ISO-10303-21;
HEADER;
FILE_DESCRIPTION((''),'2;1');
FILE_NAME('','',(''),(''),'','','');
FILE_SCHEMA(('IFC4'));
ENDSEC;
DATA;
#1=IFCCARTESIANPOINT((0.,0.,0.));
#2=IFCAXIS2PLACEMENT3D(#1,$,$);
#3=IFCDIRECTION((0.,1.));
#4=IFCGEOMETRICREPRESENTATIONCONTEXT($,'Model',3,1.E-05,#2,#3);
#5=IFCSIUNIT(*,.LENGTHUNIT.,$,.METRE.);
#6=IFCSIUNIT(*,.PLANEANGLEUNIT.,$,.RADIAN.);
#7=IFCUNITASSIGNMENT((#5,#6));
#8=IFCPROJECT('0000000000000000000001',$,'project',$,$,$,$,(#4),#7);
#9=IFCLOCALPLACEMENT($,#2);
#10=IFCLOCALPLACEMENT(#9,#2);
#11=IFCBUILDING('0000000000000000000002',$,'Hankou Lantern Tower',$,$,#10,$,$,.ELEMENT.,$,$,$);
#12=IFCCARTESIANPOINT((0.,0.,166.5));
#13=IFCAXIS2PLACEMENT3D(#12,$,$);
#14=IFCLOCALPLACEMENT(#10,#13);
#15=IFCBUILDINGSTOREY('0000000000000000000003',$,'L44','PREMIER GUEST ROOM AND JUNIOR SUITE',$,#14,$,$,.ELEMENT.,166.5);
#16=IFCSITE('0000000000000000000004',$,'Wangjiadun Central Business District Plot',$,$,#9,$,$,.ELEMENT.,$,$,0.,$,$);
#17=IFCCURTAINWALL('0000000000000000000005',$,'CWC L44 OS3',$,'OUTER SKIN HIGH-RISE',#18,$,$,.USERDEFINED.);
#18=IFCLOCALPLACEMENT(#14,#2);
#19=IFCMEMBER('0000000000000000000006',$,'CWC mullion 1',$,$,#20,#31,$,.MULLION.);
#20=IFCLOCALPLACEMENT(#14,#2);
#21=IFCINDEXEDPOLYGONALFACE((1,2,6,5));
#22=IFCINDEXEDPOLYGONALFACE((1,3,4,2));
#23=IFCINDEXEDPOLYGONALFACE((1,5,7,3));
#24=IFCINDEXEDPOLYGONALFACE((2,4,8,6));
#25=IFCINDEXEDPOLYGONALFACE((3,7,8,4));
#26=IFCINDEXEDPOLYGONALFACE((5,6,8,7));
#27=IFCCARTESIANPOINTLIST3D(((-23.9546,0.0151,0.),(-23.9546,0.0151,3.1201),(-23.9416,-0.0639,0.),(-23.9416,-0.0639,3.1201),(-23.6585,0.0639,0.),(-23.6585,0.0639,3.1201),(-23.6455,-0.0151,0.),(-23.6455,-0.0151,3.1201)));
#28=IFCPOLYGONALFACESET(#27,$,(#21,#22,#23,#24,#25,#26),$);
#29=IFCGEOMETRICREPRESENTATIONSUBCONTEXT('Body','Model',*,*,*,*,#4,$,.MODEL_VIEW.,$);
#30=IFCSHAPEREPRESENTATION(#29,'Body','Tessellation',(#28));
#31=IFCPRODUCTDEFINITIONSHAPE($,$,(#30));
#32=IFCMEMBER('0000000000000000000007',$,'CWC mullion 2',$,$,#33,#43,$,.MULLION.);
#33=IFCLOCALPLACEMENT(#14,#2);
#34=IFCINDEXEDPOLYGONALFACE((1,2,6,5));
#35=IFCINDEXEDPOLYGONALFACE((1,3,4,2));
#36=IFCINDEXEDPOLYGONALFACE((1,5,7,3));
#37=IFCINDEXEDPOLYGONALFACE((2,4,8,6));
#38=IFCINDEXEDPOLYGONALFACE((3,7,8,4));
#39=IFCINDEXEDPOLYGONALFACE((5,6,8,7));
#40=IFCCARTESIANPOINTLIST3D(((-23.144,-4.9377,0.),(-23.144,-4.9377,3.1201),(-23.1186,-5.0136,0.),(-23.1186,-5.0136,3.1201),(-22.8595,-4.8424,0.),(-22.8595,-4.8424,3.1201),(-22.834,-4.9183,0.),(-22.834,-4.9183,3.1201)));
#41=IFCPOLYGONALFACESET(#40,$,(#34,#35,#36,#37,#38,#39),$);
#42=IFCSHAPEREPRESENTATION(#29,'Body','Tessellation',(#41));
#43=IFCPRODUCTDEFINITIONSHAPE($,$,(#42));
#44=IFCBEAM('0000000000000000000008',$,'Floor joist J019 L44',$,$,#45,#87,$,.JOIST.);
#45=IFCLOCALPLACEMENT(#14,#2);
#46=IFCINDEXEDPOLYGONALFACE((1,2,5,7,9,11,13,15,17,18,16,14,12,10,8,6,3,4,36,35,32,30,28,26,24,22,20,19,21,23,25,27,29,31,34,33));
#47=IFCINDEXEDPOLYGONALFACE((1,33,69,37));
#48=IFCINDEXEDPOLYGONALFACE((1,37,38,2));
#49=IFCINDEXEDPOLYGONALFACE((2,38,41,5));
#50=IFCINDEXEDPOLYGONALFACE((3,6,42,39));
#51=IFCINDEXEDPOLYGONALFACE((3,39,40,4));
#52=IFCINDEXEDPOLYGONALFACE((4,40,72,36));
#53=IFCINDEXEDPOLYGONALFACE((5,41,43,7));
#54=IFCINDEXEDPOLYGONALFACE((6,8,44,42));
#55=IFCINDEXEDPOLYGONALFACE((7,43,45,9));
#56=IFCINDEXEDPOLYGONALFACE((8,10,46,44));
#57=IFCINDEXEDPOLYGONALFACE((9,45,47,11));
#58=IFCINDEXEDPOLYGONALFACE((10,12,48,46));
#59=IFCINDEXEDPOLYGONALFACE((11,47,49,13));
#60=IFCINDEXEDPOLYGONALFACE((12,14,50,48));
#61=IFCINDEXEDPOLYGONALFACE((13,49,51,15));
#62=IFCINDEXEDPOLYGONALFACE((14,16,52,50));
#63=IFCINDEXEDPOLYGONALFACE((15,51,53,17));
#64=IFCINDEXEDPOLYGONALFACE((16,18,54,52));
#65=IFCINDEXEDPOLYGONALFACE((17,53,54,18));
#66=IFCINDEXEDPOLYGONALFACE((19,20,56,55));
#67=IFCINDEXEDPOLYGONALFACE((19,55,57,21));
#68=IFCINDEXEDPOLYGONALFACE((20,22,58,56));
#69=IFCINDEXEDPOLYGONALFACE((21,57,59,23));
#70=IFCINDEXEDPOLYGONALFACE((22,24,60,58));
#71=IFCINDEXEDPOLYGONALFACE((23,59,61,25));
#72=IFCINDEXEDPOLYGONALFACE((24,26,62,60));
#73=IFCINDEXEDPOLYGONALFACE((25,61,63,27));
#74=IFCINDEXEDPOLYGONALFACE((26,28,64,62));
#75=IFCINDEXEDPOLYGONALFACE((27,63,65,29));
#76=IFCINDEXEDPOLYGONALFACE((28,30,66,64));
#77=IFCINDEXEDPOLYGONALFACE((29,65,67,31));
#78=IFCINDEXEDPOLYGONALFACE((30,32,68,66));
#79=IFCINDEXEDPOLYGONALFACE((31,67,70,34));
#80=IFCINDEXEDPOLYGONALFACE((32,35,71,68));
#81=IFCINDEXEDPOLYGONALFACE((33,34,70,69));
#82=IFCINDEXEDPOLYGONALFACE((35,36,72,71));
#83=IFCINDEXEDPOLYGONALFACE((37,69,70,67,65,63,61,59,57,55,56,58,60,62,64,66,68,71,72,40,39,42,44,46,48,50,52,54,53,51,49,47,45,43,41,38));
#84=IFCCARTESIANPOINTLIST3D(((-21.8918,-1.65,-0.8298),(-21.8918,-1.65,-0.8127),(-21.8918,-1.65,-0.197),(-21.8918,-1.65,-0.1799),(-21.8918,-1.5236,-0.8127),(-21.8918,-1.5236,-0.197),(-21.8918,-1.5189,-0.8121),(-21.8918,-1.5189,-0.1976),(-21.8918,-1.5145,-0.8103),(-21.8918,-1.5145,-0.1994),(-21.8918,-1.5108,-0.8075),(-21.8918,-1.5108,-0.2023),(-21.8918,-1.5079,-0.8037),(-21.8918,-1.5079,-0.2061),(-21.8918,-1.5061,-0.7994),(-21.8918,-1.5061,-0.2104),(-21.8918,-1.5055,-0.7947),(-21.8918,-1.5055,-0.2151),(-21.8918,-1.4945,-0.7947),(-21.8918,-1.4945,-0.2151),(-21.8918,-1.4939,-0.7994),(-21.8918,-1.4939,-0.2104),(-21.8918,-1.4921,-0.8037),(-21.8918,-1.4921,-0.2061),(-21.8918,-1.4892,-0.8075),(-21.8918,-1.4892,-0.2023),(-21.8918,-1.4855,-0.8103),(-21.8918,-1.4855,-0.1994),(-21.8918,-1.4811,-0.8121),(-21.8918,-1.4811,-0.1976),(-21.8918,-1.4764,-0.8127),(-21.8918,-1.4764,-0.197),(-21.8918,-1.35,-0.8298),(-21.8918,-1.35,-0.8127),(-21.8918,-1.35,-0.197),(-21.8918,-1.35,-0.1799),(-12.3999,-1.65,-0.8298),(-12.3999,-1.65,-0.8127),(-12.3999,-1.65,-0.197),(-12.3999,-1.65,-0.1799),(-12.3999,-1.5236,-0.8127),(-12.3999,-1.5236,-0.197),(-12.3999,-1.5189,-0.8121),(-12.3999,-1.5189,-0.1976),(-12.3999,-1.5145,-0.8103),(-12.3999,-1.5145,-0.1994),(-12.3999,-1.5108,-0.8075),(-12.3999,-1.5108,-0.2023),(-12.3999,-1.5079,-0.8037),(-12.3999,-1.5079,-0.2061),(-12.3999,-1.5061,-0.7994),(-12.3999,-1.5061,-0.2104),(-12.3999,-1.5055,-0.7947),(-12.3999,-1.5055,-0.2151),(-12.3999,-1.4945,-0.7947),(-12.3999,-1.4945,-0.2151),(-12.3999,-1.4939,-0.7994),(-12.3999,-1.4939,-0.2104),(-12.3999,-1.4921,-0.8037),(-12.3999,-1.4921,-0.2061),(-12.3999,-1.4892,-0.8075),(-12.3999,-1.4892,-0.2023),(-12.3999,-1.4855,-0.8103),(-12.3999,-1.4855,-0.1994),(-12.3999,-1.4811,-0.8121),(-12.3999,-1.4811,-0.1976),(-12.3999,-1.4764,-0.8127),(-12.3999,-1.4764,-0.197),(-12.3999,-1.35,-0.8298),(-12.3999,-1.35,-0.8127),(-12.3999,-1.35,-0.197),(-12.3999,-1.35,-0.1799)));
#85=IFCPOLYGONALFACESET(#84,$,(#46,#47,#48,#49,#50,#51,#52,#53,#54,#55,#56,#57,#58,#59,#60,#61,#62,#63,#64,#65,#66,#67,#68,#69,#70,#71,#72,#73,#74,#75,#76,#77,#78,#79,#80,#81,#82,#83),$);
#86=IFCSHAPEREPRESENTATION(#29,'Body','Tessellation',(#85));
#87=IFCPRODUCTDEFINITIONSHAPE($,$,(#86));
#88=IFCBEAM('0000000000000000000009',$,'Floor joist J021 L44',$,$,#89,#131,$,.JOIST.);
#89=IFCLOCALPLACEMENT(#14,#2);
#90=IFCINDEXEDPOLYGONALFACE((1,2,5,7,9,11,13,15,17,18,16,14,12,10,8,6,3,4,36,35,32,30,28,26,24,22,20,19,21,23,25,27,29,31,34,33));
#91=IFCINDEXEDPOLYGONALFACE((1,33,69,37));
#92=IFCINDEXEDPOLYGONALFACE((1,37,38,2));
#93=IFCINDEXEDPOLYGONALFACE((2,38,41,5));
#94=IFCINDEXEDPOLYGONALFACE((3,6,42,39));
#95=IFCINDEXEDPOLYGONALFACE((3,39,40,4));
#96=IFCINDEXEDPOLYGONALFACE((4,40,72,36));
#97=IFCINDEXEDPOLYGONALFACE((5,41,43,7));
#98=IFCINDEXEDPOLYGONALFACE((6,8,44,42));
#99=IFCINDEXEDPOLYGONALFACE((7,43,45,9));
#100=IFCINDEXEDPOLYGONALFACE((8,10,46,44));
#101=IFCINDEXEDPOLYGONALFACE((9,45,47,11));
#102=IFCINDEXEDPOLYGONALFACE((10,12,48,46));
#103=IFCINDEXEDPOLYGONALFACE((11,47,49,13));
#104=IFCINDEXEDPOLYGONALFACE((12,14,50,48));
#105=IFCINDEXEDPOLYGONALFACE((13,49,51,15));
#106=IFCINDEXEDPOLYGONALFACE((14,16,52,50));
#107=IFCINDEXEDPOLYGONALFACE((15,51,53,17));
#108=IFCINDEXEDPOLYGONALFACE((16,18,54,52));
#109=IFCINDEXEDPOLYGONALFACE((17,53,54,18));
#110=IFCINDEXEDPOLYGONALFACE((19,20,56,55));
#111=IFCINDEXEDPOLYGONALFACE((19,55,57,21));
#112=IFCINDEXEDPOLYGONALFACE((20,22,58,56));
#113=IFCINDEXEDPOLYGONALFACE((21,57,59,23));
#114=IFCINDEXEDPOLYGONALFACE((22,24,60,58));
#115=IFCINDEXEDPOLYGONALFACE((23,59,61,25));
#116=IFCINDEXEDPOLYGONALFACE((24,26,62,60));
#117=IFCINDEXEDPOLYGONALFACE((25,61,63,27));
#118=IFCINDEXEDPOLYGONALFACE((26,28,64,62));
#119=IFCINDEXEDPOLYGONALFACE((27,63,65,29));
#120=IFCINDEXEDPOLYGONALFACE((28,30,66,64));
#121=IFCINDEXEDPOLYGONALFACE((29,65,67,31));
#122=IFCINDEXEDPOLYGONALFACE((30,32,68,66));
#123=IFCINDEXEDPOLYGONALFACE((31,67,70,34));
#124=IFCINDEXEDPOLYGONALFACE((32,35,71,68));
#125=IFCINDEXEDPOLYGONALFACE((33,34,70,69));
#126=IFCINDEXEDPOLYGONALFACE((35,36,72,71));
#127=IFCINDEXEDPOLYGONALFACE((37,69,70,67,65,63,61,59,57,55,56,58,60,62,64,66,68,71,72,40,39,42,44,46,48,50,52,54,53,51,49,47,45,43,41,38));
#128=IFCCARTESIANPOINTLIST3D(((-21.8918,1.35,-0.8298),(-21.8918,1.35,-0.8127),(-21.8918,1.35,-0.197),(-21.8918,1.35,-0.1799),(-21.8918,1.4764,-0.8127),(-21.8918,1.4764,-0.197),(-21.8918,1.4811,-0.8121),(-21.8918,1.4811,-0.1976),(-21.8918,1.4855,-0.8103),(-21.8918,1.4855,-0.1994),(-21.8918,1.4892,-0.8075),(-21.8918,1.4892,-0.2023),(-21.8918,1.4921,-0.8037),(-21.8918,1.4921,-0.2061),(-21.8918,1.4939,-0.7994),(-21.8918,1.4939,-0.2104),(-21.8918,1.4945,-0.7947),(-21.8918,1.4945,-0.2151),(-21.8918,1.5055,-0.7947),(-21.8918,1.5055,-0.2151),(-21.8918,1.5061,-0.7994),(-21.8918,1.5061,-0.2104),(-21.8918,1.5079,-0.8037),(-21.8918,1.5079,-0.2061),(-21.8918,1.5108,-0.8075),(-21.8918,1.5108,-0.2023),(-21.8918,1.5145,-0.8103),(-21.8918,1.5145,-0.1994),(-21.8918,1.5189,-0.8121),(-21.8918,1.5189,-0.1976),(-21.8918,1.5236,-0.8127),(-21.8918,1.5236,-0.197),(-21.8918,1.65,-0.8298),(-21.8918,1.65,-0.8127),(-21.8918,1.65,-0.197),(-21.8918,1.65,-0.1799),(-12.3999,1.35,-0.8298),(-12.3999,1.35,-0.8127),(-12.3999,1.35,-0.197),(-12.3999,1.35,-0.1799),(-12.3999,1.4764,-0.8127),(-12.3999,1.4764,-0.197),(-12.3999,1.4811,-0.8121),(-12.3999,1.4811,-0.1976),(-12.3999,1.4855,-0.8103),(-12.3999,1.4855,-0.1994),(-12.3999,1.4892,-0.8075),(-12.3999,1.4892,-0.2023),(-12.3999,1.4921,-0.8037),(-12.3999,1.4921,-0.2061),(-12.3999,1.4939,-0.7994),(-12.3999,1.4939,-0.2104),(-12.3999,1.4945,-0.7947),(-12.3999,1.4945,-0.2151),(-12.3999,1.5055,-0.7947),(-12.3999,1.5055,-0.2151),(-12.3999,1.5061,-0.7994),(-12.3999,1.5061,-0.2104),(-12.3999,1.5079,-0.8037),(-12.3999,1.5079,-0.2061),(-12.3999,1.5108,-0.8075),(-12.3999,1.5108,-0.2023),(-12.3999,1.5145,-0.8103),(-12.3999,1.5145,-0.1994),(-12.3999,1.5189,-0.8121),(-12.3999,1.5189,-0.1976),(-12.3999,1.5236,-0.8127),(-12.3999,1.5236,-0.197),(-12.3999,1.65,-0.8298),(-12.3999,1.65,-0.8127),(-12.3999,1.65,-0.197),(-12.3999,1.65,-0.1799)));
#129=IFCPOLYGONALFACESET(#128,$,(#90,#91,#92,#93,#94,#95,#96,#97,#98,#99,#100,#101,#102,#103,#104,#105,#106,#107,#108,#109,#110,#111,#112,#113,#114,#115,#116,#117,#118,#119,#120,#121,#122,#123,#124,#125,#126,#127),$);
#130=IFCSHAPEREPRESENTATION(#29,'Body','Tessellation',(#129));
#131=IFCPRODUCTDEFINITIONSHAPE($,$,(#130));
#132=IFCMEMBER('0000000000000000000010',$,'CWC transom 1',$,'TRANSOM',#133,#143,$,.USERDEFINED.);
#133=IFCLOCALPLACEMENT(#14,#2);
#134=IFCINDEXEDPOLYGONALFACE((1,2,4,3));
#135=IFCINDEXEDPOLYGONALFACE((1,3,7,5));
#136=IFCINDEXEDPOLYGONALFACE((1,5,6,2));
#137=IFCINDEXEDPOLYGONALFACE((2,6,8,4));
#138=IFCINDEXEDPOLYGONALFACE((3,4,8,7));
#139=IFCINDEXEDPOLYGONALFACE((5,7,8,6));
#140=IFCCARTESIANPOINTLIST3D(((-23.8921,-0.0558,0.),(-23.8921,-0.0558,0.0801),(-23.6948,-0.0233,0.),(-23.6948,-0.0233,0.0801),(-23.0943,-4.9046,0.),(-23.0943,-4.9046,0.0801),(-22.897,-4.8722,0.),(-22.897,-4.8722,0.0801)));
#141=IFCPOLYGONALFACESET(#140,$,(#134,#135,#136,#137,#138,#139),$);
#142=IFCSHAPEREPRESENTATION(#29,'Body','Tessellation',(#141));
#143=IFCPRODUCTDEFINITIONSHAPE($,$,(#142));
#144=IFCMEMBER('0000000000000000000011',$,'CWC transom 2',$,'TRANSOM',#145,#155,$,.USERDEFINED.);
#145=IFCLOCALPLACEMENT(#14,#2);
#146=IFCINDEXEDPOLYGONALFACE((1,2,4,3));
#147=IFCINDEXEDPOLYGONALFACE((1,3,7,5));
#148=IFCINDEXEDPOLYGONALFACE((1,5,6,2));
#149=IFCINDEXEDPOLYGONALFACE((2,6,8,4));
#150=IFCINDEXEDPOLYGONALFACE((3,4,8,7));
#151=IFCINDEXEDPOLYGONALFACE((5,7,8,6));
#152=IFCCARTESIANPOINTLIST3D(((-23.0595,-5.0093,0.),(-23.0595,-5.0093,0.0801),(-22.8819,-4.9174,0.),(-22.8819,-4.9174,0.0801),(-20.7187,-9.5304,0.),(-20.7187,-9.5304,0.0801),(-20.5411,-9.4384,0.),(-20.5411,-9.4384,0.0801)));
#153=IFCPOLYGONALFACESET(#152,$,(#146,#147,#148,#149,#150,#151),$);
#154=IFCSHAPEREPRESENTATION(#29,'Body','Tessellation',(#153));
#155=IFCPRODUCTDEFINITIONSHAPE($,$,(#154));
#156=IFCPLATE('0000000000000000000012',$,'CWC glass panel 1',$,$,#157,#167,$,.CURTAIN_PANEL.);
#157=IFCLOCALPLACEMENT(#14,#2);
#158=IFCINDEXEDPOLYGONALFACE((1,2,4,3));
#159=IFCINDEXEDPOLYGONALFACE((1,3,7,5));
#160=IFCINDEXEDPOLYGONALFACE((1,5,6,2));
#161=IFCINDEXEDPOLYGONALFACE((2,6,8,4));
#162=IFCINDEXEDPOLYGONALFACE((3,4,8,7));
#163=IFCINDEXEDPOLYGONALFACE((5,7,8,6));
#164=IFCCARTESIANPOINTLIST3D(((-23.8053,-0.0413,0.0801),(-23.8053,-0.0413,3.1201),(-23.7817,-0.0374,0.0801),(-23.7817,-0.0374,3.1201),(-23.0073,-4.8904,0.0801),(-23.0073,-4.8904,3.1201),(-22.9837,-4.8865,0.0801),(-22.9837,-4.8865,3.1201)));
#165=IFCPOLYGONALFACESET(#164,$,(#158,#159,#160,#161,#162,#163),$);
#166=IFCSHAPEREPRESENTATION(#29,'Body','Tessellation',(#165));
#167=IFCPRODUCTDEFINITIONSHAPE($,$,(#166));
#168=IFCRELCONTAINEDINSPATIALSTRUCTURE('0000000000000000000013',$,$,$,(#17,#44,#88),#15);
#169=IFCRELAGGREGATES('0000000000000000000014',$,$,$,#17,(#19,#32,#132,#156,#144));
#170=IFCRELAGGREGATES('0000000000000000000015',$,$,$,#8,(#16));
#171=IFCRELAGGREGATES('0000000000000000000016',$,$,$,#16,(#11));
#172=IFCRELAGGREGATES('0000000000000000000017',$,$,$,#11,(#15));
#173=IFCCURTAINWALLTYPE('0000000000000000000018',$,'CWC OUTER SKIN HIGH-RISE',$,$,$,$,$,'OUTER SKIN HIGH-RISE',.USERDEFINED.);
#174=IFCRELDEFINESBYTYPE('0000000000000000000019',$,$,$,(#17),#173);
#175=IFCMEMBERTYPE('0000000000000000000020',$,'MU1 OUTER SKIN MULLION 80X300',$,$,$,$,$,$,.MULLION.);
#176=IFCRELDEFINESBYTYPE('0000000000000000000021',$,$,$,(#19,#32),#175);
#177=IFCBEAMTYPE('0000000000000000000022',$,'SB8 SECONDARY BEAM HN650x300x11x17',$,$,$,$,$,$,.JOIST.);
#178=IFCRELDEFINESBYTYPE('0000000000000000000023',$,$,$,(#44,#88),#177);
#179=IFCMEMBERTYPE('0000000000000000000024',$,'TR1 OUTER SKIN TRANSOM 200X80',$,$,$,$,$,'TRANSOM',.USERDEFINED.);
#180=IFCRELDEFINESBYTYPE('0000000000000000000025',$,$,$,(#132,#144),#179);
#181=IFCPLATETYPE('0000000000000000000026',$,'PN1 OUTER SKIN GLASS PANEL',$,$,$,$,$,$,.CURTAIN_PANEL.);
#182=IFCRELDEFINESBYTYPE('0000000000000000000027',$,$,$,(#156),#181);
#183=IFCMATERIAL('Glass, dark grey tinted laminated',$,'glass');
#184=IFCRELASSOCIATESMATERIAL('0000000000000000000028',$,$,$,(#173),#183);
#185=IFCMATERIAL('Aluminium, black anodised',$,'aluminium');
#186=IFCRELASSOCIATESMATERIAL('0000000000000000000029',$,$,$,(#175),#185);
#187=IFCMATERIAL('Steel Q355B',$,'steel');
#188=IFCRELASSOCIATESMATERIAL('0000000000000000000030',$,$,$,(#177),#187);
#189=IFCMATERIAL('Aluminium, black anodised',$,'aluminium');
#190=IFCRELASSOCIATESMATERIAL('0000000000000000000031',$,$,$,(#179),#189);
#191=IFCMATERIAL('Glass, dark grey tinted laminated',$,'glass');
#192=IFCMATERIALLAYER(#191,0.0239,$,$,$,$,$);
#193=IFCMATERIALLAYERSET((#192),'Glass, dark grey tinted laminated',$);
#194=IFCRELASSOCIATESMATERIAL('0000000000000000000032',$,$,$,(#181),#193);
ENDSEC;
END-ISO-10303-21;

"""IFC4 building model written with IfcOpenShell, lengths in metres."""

from ifc_helpers import new_model, si_unit, direction, frame, origin, origin_2d, place, context, subcontext, project, spatial, rectangle, i_section, extrude, material, layer, layer_set, material_profile, profile_set, type_object, element, aggregate, save


model = new_model("IFC4")

# Units and contexts
model_context = context("Model", 3, precision=1e-05, world=origin(), true_north=direction((0.0, 1.0)))
body_context = subcontext(model_context, "Body", "Model", "MODEL_VIEW")
ifc_project = project(units=[si_unit("LENGTHUNIT", "METRE"), si_unit("PLANEANGLEUNIT", "RADIAN")], contexts=[model_context])

# Site, building, storey
site_placement = place(None, origin())
site = spatial("IfcSite", under=ifc_project, at=site_placement, Name="Wangjiadun Central Business District Plot", CompositionType="ELEMENT", RefElevation=0.0)
building_placement = place(site_placement, origin())
building = spatial("IfcBuilding", under=site, at=building_placement, Name="Hankou Lantern Tower", CompositionType="ELEMENT")
storey_placement = place(building_placement, frame((0.0, 0.0, 166.5)))
storey = spatial("IfcBuildingStorey", under=building, at=storey_placement, Name="L44", Description="PREMIER GUEST ROOM AND JUNIOR SUITE", CompositionType="ELEMENT", Elevation=166.5)

# Curtain wall, members
ifc_material_1 = material(Name="Glass, dark grey tinted laminated", Category="glass")
curtain_wall_type = type_object("IfcCurtainWallType", Name="CWC OUTER SKIN HIGH-RISE", ElementType="OUTER SKIN HIGH-RISE", PredefinedType="USERDEFINED", material=ifc_material_1)
curtain_wall_placement = place(storey_placement, origin())
curtain_wall = element("IfcCurtainWall", 1, at=curtain_wall_placement, inside=storey, type_object=curtain_wall_type, Name="CWC L44 OS3", ObjectType="OUTER SKIN HIGH-RISE", PredefinedType="USERDEFINED")
ifc_material_2 = material(Name="Aluminium, black anodised", Category="aluminium")
ifc_material_profile_1 = material_profile(ifc_material_2, rectangle(XDim=0.0801, YDim=0.3, at=origin_2d()), Name="MU1 80X300")
ifc_profile_set_1 = profile_set([ifc_material_profile_1], Name="Aluminium, black anodised")
member_type_1 = type_object("IfcMemberType", Name="MU1 OUTER SKIN MULLION 80X300", PredefinedType="MULLION", material=ifc_profile_set_1)
member_1_placement = place(storey_placement, frame((-23.8, 0.0, 0.0), z_axis=(0.0, 0.0, 1.0), x_axis=(0.162382, -0.986728, 0.0)))
member_1 = element("IfcMember", 2, at=member_1_placement, type_object=member_type_1, Name="CWC mullion 1", PredefinedType="MULLION", context=body_context, shape_type="SweptSolid", body=[
    extrude(rectangle(XDim=0.0801, YDim=0.3, at=origin_2d()), origin(), (0.0, 0.0, 1.0), 3.1201),
])
member_2_placement = place(storey_placement, frame((-22.989, -4.928, 0.0), z_axis=(0.0, 0.0, 1.0), x_axis=(0.317596, -0.948226, 0.0)))
member_2 = element("IfcMember", 3, at=member_2_placement, type_object=member_type_1, Name="CWC mullion 2", PredefinedType="MULLION", context=body_context, shape_type="SweptSolid", body=[
    extrude(rectangle(XDim=0.0801, YDim=0.3, at=origin_2d()), origin(), (0.0, 0.0, 1.0), 3.1201),
])

# Beams
ifc_material_3 = material(Name="Steel Q355B", Category="steel")
ifc_material_profile_2 = material_profile(ifc_material_3, i_section(OverallWidth=0.3, OverallDepth=0.6499, WebThickness=0.011, FlangeThickness=0.0171, FilletRadius=0.0181, at=origin_2d()), Name="HN650x300x11x17")
ifc_profile_set_2 = profile_set([ifc_material_profile_2], Name="Steel Q355B")
beam_type_1 = type_object("IfcBeamType", Name="SB8 SECONDARY BEAM HN650x300x11x17", PredefinedType="JOIST", material=ifc_profile_set_2)
for number, where, z_axis, x_axis, name in (
    (4, (-21.8918, -1.5, -0.5049), (1.0, 0.0, 0.0), (0.0, 1.0, 0.0), "Floor joist J019 L44"),
    (5, (-21.8918, 1.5, -0.5049), (1.0, 0.0, 0.0), (0.0, 1.0, 0.0), "Floor joist J021 L44"),
):
    element("IfcBeam", number, at=place(storey_placement, frame(where, z_axis=z_axis, x_axis=x_axis)), inside=storey, type_object=beam_type_1, Name=name, PredefinedType="JOIST", context=body_context, shape_type="SweptSolid", body=[
        extrude(i_section(OverallWidth=0.3, OverallDepth=0.6499, WebThickness=0.011, FlangeThickness=0.0171, FilletRadius=0.0181, at=origin_2d()), origin(), (0.0, 0.0, 1.0), 9.4919),
    ])

# Members
ifc_material_4 = material(Name="Aluminium, black anodised", Category="aluminium")
ifc_material_profile_3 = material_profile(ifc_material_4, rectangle(XDim=0.2, YDim=0.0801, at=origin_2d()), Name="TR1 200X80")
ifc_profile_set_3 = profile_set([ifc_material_profile_3], Name="Aluminium, black anodised")
member_type_2 = type_object("IfcMemberType", Name="TR1 OUTER SKIN TRANSOM 200X80", ElementType="TRANSOM", PredefinedType="USERDEFINED", material=ifc_profile_set_3)
member_3_placement = place(storey_placement, frame((-23.7935, -0.0396, 0.04), z_axis=(0.16236, -0.986732, 0.0), x_axis=(0.986732, 0.16236, 0.0)))
member_3 = element("IfcMember", 6, at=member_3_placement, type_object=member_type_2, Name="CWC transom 1", ObjectType="TRANSOM", PredefinedType="USERDEFINED", context=body_context, shape_type="SweptSolid", body=[
    extrude(rectangle(XDim=0.2, YDim=0.0801, at=origin_2d()), origin(), (0.0, 0.0, 1.0), 4.9141),
])
member_4_placement = place(storey_placement, frame((-22.9707, -4.9634, 0.04), z_axis=(0.459791, -0.888027, 0.0), x_axis=(0.888027, 0.459791, 0.0)))
member_4 = element("IfcMember", 7, at=member_4_placement, type_object=member_type_2, Name="CWC transom 2", ObjectType="TRANSOM", PredefinedType="USERDEFINED", context=body_context, shape_type="SweptSolid", body=[
    extrude(rectangle(XDim=0.2, YDim=0.0801, at=origin_2d()), origin(), (0.0, 0.0, 1.0), 5.0911),
])

# Plate
ifc_material_5 = material(Name="Glass, dark grey tinted laminated", Category="glass")
ifc_layer_1 = layer(ifc_material_5, 0.0239)
ifc_layer_set_1 = layer_set([ifc_layer_1], Name="Glass, dark grey tinted laminated")
plate_type = type_object("IfcPlateType", Name="PN1 OUTER SKIN GLASS PANEL", PredefinedType="CURTAIN_PANEL", material=ifc_layer_set_1)
plate_placement = place(storey_placement, frame((-23.3945, -2.4639, 0.0801), z_axis=(0.0, 0.0, 1.0), x_axis=(0.162382, -0.986728, 0.0)))
plate = element("IfcPlate", 8, at=plate_placement, type_object=plate_type, Name="CWC glass panel 1", PredefinedType="CURTAIN_PANEL", context=body_context, shape_type="SweptSolid", body=[
    extrude(rectangle(XDim=4.9143, YDim=0.0239, at=origin_2d()), origin(), (0.0, 0.0, 1.0), 3.04),
])
aggregate(curtain_wall, [member_1, member_2, member_3, plate, member_4])

save(model, "model.ifc")
